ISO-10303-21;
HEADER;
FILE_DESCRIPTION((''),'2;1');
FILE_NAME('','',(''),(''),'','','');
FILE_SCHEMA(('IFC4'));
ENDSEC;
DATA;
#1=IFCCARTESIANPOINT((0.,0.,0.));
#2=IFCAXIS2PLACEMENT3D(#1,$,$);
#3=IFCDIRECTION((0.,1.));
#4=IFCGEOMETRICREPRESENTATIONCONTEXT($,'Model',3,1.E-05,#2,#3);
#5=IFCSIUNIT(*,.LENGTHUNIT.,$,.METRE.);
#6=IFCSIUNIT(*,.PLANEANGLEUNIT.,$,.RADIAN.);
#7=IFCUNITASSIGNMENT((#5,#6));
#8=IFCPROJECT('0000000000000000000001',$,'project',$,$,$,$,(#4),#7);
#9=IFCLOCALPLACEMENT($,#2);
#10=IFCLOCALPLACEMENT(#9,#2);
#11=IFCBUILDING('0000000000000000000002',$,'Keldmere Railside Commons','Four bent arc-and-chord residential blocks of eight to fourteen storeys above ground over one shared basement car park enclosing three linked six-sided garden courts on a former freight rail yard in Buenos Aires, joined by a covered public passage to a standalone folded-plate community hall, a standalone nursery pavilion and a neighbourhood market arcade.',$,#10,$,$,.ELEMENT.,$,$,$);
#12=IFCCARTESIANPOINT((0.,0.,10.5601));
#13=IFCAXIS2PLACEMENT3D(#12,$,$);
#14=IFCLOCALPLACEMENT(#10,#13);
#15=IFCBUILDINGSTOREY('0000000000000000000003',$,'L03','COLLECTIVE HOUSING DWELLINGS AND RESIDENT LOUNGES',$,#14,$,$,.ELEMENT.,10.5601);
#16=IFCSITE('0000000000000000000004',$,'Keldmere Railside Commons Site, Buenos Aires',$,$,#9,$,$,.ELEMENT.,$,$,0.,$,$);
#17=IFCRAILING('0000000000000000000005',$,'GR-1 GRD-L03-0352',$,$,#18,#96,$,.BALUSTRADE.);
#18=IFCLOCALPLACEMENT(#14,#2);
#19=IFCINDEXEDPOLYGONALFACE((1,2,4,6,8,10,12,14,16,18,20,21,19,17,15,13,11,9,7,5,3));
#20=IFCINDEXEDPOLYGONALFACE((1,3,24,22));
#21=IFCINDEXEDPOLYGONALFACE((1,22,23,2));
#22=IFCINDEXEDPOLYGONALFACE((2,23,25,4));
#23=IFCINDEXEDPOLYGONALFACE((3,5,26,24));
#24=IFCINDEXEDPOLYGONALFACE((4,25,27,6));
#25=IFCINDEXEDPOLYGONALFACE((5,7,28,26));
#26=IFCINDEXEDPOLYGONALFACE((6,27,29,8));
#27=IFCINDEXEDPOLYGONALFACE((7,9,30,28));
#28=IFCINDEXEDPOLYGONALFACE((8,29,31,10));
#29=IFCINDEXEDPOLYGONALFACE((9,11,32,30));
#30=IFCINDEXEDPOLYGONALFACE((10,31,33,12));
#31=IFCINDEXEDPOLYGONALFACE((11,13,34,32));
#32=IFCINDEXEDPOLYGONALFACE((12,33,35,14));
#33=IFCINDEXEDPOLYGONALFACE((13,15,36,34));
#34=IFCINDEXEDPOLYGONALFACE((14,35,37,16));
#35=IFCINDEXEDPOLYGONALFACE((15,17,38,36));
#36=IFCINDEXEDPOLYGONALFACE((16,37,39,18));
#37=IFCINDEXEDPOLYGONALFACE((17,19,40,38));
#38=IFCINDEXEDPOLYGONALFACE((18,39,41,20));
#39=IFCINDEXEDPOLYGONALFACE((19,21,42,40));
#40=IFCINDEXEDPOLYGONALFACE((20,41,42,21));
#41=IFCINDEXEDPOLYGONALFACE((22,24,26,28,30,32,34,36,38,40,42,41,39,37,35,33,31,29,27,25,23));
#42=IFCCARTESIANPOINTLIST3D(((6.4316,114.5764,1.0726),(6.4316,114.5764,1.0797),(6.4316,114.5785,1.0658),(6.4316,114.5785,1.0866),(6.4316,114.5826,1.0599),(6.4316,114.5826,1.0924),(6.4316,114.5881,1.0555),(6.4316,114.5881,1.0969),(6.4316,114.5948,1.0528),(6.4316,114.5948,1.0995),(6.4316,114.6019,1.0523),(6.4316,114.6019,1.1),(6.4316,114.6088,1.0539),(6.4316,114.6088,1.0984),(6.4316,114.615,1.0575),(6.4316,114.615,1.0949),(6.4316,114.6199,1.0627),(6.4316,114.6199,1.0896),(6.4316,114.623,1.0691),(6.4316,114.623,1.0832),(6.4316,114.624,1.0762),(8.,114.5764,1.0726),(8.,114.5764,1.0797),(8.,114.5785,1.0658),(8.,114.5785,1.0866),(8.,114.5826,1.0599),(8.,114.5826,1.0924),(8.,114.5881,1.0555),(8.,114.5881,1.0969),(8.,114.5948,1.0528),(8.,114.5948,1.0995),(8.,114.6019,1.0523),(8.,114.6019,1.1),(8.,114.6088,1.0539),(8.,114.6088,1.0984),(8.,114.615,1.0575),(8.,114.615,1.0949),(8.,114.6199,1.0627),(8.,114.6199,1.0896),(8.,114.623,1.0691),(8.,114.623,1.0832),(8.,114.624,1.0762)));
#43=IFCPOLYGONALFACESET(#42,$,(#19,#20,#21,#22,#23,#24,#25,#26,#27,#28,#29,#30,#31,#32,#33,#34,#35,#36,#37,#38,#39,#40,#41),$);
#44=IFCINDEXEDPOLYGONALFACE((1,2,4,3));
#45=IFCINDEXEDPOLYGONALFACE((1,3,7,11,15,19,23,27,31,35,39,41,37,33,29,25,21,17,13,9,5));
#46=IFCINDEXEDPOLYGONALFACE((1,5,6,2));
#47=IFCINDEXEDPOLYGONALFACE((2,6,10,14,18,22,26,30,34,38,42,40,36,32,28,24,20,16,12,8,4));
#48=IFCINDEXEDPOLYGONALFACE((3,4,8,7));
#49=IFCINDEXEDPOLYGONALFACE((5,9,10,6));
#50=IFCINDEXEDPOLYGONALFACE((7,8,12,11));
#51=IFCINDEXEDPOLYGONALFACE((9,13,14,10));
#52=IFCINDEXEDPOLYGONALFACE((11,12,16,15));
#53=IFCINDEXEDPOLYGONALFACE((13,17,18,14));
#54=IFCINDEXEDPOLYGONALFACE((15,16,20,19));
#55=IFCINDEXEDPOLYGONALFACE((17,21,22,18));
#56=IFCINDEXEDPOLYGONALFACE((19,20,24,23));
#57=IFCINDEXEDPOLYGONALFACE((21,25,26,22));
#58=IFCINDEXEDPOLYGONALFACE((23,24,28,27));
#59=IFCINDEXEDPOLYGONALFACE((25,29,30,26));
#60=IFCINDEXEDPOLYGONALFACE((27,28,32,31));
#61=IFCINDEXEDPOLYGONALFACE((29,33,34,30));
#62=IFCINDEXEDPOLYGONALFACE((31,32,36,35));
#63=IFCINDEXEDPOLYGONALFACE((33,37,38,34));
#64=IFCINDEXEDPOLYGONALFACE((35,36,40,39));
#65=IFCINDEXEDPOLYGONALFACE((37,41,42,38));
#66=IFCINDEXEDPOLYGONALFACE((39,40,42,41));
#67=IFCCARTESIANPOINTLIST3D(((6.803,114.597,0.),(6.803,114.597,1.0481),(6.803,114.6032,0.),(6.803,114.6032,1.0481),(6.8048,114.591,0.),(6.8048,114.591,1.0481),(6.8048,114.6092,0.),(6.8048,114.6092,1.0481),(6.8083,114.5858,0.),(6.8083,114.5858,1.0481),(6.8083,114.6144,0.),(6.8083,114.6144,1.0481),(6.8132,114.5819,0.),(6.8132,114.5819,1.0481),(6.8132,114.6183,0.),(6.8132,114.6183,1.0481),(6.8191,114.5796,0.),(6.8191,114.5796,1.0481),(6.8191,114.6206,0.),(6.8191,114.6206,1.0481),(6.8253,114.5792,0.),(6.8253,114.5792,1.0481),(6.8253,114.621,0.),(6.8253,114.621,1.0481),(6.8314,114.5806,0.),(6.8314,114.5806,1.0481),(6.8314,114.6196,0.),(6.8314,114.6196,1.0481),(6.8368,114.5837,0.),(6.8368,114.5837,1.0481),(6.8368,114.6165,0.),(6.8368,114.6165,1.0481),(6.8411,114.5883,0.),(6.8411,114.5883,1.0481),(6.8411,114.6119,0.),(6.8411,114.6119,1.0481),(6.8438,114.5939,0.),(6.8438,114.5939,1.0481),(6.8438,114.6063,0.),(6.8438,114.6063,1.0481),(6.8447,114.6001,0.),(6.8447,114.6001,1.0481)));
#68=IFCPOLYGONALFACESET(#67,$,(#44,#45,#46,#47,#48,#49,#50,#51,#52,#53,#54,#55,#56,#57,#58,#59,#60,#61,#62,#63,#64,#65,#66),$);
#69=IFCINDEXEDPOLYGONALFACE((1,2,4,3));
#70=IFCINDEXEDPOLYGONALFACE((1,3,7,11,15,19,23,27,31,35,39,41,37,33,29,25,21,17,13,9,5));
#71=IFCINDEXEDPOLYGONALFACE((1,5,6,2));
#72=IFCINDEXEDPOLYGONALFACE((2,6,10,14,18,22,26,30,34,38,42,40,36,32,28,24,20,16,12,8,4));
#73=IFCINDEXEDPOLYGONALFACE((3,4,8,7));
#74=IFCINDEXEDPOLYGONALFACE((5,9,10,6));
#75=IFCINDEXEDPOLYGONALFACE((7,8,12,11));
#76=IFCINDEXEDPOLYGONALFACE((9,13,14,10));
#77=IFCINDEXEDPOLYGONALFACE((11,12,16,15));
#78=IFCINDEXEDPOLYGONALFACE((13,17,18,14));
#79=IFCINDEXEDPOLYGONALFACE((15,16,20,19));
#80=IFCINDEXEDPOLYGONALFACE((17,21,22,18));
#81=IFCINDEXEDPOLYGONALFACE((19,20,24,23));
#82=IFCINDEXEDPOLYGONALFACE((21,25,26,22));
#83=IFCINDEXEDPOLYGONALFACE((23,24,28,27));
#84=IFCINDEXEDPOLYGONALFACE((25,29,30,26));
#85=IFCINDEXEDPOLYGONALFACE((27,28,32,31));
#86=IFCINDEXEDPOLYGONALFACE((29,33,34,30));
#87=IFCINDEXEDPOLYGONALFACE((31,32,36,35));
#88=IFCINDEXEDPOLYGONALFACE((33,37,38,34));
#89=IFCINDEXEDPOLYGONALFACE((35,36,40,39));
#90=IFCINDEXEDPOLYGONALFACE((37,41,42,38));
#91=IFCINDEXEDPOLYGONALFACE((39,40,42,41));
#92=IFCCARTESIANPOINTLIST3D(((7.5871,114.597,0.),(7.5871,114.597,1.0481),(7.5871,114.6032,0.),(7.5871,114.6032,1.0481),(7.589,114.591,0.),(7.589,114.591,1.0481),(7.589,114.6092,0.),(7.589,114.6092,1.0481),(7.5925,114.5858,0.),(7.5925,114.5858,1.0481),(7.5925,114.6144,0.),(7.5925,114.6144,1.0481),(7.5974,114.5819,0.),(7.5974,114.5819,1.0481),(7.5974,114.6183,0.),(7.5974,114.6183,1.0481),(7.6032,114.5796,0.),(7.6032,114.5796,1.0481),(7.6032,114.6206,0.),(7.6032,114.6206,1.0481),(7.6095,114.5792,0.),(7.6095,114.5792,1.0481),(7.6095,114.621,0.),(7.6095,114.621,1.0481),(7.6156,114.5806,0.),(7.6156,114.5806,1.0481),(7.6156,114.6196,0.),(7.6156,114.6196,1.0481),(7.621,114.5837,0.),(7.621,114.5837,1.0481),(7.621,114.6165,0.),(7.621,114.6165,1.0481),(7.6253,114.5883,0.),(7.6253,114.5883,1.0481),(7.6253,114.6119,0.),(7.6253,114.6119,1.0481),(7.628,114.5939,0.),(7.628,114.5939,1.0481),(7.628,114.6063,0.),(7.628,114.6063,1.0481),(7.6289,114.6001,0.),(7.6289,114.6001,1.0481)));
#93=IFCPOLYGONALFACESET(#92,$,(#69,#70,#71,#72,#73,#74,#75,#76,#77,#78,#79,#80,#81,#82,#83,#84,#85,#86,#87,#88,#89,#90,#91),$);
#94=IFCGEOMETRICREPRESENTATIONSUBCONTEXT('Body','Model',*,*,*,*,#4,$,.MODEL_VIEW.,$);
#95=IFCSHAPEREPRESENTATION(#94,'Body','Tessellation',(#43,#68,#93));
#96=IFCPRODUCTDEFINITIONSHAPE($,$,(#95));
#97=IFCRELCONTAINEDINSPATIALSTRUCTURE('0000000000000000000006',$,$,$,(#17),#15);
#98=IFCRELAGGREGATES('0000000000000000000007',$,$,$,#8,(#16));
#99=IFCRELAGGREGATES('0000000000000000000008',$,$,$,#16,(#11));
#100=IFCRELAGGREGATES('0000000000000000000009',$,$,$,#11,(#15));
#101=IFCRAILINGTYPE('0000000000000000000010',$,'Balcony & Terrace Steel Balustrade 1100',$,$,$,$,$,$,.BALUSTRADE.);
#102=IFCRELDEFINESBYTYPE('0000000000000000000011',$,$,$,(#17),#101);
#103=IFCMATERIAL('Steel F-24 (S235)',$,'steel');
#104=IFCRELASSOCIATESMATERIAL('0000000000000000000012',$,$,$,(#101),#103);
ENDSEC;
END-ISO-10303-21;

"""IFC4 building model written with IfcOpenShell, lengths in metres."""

from ifc_helpers import new_model, si_unit, direction, frame, origin, origin_2d, place, context, subcontext, project, spatial, circle, extrude, material, type_object, element, save


model = new_model("IFC4")

# Units and contexts
model_context = context("Model", 3, precision=1e-05, world=origin(), true_north=direction((0.0, 1.0)))
body_context = subcontext(model_context, "Body", "Model", "MODEL_VIEW")
ifc_project = project(units=[si_unit("LENGTHUNIT", "METRE"), si_unit("PLANEANGLEUNIT", "RADIAN")], contexts=[model_context])

# Site, building, storey
site_placement = place(None, origin())
site = spatial("IfcSite", under=ifc_project, at=site_placement, Name="Keldmere Railside Commons Site, Buenos Aires", CompositionType="ELEMENT", RefElevation=0.0)
building_placement = place(site_placement, origin())
building = spatial("IfcBuilding", under=site, at=building_placement, Name="Keldmere Railside Commons", Description="Four bent arc-and-chord residential blocks of eight to fourteen storeys above ground over one shared basement car park enclosing three linked six-sided garden courts on a former freight rail yard in Buenos Aires, joined by a covered public passage to a standalone folded-plate community hall, a standalone nursery pavilion and a neighbourhood market arcade.", CompositionType="ELEMENT")
storey_placement = place(building_placement, frame((0.0, 0.0, 10.5601)))
storey = spatial("IfcBuildingStorey", under=building, at=storey_placement, Name="L03", Description="COLLECTIVE HOUSING DWELLINGS AND RESIDENT LOUNGES", CompositionType="ELEMENT", Elevation=10.5601)

# Railing
ifc_material_1 = material(Name="Steel F-24 (S235)", Category="steel")
railing_type = type_object("IfcRailingType", Name="Balcony & Terrace Steel Balustrade 1100", PredefinedType="BALUSTRADE", material=ifc_material_1)
railing_1_placement = place(storey_placement, frame((6.4316, 114.6001, 0.0)))
element("IfcRailing", 1, at=railing_1_placement, inside=storey, type_object=railing_type, Name="GR-1 GRD-L03-0352", PredefinedType="BALUSTRADE", context=body_context, shape_type="SweptSolid", body=[
    extrude(circle(Radius=0.0239, at=origin_2d()), frame((0.0, 0.0, 1.0762), z_axis=(1.0, 0.0, 0.0), x_axis=(0.0, 1.0, 0.0)), (0.0, 0.0, 1.0), 1.5684),
    extrude(circle(Radius=0.021, at=origin_2d()), frame((0.3921, 0.0, 0.0)), (0.0, 0.0, 1.0), 1.0481),
    extrude(circle(Radius=0.021, at=origin_2d()), frame((1.1763, 0.0, 0.0)), (0.0, 0.0, 1.0), 1.0481),
])

save(model, "model.ifc")
